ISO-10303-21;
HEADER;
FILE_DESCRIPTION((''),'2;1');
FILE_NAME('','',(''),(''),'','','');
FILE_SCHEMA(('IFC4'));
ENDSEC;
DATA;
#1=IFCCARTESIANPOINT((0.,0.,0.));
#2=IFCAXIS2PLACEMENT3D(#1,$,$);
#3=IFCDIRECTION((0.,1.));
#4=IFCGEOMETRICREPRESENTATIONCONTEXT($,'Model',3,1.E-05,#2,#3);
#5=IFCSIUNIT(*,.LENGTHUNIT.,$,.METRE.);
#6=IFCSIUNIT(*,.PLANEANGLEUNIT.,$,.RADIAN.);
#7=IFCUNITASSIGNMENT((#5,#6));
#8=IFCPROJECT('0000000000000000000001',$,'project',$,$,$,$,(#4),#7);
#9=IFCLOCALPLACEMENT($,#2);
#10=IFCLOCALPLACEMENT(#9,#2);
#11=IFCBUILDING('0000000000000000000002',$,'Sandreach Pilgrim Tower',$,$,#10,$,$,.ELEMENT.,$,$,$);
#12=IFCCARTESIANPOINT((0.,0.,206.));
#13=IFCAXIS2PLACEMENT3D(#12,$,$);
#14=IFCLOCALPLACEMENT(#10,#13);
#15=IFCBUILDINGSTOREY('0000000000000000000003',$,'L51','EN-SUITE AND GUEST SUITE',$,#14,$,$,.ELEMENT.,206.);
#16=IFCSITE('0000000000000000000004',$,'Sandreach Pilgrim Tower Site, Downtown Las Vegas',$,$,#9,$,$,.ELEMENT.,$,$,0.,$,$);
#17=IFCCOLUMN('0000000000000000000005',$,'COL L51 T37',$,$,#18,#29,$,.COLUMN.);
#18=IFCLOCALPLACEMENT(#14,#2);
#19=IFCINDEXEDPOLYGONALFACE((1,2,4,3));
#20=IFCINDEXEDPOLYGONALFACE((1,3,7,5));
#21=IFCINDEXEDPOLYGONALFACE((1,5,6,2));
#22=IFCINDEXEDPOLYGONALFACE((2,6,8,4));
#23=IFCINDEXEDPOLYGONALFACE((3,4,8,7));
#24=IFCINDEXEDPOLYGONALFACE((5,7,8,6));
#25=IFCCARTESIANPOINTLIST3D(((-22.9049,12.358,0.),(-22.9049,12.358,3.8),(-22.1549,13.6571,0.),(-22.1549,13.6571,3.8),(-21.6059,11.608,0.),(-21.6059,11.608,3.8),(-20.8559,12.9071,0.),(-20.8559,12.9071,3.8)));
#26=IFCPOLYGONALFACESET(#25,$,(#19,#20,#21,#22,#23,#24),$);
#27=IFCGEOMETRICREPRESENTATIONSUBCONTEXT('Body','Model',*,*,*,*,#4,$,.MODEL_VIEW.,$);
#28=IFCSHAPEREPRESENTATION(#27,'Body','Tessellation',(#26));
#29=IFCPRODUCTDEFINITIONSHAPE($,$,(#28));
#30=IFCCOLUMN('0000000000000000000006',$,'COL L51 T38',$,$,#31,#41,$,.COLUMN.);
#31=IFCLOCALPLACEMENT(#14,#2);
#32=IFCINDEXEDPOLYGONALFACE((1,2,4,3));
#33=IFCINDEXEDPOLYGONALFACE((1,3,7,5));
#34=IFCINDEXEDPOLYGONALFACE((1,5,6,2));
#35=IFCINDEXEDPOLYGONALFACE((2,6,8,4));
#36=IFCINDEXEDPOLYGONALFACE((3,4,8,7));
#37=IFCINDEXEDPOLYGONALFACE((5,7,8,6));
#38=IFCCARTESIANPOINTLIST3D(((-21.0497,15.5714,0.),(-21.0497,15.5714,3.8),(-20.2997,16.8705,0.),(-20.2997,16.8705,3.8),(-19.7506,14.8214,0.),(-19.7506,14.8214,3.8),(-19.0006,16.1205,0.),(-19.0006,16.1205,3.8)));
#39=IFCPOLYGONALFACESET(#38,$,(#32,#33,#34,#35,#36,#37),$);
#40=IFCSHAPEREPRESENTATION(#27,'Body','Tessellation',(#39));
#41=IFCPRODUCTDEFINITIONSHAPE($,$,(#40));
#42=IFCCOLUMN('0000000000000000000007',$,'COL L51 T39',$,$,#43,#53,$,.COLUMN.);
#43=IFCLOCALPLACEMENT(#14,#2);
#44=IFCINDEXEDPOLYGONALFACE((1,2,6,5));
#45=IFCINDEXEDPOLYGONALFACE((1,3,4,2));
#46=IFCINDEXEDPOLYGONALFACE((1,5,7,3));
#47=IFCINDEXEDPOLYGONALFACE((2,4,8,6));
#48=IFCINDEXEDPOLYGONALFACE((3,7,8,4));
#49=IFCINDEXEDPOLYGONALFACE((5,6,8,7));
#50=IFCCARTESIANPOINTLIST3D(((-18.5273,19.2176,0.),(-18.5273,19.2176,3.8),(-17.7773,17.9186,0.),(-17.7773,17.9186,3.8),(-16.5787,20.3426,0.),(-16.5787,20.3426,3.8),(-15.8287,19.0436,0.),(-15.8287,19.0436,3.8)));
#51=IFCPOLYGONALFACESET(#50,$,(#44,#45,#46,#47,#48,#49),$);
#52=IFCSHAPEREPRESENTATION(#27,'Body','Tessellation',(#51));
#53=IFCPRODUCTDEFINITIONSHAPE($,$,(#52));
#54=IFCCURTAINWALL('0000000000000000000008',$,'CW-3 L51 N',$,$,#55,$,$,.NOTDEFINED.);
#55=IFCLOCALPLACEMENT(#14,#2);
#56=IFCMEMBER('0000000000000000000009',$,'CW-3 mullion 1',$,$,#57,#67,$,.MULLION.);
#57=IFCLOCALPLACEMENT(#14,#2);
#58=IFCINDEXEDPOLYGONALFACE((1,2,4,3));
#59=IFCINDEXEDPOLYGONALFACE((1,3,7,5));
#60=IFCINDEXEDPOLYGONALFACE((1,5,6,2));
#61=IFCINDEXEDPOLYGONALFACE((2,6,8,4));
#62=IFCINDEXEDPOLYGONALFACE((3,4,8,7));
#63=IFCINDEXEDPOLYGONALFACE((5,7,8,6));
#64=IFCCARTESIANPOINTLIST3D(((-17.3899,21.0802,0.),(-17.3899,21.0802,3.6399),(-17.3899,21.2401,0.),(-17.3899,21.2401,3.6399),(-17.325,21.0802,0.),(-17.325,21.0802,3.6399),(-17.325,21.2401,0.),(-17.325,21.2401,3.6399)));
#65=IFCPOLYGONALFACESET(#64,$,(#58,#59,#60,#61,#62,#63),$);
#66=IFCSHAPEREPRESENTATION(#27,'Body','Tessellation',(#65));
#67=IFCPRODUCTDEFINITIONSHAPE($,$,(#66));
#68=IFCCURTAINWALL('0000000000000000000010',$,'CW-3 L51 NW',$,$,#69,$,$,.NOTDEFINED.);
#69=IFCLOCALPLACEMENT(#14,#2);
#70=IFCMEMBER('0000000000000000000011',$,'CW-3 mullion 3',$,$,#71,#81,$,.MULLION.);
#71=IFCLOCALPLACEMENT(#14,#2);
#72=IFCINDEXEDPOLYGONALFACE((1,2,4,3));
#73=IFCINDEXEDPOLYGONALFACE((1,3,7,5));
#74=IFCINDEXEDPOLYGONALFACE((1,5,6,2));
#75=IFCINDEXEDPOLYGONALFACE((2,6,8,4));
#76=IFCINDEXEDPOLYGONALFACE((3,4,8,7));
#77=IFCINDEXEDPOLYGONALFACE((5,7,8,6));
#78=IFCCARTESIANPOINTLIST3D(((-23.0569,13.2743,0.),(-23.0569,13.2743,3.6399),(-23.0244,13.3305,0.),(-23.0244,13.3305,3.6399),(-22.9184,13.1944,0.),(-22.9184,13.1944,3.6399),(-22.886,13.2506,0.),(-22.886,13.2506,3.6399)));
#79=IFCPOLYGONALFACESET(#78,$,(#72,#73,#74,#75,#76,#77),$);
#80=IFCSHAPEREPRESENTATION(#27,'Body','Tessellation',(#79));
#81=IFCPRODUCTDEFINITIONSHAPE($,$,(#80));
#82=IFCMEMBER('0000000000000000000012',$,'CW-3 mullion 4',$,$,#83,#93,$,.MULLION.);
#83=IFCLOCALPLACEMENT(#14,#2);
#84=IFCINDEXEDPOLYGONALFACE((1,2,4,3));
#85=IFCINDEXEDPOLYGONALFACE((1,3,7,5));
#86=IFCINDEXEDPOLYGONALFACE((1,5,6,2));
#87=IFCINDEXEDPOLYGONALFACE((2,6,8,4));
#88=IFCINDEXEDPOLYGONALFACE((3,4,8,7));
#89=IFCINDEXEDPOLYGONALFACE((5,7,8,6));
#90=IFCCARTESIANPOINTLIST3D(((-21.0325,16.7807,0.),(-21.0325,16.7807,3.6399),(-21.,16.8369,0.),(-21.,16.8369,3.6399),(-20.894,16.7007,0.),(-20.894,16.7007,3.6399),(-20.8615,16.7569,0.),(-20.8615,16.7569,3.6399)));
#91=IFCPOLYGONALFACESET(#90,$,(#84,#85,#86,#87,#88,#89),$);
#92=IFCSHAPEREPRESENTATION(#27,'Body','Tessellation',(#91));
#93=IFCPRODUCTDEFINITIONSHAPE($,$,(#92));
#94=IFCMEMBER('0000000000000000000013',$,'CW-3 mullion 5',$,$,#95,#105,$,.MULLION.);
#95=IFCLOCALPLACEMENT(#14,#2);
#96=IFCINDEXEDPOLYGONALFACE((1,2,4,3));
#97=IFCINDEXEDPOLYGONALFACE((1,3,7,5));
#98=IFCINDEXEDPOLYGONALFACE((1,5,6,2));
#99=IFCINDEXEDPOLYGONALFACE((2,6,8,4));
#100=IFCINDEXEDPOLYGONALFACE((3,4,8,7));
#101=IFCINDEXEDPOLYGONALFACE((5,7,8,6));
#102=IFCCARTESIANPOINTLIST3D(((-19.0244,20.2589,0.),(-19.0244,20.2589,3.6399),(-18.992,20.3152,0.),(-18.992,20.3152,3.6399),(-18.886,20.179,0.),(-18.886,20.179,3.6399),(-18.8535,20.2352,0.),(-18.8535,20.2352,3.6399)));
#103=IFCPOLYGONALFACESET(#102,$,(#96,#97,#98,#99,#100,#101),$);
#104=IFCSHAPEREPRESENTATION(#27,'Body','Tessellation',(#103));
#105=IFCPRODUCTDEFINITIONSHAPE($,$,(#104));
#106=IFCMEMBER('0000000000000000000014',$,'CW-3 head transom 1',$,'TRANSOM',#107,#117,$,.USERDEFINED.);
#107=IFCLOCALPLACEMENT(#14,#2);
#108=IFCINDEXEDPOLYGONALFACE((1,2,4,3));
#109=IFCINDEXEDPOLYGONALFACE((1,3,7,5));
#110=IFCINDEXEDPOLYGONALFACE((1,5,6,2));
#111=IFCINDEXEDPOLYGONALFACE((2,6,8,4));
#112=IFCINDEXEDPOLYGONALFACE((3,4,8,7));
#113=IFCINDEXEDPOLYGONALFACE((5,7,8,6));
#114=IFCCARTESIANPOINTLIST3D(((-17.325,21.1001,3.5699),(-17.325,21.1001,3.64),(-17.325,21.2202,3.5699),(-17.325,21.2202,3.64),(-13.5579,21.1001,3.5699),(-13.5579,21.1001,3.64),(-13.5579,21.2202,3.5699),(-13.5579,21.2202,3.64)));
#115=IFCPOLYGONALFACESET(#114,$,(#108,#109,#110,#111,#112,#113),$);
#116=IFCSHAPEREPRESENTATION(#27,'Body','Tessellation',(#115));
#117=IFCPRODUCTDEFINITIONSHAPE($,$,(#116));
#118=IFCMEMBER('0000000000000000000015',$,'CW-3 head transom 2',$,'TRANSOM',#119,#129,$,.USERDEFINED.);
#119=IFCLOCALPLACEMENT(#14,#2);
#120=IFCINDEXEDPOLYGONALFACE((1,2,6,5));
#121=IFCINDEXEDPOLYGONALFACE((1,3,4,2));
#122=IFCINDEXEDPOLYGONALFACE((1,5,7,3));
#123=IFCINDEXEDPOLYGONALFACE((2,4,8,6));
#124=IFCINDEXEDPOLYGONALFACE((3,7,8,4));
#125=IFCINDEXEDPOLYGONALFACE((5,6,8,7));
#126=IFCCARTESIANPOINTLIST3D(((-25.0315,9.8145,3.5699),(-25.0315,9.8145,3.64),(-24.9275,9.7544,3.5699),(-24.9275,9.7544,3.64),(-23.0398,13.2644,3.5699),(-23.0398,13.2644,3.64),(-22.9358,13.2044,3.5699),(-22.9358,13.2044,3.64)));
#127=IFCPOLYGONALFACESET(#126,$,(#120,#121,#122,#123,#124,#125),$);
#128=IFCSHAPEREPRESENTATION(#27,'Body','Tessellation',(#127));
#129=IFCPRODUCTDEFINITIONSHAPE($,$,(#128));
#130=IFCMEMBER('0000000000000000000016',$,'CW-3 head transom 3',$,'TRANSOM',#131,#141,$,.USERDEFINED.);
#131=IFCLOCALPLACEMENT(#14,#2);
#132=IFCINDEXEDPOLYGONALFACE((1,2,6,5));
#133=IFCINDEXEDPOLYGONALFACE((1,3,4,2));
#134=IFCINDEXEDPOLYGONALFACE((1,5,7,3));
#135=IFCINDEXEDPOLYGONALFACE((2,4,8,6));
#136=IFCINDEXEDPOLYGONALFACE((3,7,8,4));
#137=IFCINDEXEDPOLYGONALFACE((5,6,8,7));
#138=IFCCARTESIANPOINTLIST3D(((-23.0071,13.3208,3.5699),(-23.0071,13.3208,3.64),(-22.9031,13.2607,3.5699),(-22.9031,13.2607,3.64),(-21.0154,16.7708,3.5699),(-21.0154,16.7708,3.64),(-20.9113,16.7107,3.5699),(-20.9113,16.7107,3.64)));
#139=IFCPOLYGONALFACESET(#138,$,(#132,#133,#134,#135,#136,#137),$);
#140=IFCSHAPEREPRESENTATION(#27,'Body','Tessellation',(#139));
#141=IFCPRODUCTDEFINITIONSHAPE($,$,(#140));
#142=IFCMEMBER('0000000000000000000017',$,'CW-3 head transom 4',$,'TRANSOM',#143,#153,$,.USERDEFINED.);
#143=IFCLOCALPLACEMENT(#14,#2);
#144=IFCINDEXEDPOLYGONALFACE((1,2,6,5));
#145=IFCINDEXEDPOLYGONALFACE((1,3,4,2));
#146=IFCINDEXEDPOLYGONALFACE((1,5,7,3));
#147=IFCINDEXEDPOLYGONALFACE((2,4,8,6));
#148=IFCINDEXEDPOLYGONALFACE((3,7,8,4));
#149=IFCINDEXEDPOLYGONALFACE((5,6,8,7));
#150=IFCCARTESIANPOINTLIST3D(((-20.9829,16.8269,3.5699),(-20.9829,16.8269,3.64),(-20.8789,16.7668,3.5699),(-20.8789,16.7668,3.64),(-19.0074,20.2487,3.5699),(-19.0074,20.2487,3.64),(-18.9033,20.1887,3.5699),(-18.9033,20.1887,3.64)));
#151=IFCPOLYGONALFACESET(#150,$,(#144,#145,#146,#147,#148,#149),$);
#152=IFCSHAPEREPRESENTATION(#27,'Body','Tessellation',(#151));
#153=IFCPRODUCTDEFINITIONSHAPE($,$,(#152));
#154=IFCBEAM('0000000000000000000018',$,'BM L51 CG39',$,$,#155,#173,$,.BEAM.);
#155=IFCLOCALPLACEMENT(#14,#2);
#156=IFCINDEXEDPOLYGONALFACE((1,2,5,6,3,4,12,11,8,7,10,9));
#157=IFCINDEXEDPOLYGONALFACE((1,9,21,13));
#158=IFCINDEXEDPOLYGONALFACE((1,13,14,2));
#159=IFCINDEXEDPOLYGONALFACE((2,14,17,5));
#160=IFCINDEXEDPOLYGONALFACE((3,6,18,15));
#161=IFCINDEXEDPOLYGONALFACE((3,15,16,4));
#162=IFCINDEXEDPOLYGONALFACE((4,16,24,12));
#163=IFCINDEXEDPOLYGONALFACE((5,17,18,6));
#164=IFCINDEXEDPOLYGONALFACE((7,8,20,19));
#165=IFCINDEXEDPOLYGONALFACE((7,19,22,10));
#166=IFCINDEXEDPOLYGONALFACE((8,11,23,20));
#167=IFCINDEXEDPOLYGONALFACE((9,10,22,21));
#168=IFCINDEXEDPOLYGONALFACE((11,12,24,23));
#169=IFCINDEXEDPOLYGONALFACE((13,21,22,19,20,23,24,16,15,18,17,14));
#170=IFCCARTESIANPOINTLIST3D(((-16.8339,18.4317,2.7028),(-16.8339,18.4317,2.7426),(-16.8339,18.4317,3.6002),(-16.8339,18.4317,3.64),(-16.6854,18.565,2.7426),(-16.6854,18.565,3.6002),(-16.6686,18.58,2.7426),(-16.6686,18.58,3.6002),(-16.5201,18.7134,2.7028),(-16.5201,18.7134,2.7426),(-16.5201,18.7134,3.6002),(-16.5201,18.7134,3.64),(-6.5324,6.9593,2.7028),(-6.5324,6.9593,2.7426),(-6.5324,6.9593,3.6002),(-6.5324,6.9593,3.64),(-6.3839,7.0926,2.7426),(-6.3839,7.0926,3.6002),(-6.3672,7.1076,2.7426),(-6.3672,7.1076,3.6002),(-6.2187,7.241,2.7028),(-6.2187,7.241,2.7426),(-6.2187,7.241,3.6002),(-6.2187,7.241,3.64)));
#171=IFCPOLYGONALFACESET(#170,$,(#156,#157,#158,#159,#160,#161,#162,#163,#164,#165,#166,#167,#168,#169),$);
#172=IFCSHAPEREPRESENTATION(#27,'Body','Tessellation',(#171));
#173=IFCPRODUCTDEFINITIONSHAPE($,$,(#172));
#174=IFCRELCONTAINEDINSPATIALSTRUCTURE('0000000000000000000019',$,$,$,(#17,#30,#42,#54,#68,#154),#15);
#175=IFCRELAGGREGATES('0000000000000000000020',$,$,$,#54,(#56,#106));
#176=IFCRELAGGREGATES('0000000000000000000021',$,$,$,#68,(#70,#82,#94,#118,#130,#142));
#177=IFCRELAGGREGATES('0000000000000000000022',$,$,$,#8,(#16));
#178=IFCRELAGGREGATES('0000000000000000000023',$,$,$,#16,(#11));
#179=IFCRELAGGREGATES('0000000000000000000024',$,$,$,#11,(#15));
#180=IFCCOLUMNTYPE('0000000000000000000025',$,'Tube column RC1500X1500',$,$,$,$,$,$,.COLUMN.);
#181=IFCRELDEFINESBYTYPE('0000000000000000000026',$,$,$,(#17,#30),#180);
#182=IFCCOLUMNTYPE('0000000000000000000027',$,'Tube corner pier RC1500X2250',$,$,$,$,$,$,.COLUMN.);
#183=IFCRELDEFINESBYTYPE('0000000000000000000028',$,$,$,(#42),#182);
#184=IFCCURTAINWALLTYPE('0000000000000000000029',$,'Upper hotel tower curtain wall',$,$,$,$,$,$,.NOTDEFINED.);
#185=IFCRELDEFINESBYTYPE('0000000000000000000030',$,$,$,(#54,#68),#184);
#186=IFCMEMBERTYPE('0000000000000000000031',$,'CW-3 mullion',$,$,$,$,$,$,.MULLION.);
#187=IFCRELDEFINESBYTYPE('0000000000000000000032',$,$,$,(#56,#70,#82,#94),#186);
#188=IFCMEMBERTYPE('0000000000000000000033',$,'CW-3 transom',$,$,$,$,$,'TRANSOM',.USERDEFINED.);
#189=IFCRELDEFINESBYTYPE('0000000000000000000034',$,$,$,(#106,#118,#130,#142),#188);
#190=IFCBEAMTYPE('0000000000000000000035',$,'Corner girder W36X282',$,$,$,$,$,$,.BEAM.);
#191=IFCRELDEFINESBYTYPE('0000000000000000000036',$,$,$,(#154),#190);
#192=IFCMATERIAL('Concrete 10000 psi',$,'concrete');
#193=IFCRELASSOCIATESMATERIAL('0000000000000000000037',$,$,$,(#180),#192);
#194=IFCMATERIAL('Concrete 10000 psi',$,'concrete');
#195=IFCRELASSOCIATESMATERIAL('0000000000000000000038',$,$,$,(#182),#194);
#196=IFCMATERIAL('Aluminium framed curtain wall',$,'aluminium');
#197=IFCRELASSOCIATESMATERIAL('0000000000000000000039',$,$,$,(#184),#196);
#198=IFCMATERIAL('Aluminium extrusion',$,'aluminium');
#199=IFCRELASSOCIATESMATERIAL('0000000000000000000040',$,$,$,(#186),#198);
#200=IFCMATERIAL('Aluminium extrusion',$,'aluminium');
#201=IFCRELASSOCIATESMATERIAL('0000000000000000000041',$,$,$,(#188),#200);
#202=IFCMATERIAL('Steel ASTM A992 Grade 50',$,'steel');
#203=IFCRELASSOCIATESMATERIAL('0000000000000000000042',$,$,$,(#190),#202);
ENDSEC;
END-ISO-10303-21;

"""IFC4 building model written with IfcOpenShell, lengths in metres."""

from ifc_helpers import new_model, si_unit, direction, frame, origin, origin_2d, place, context, subcontext, project, spatial, rectangle, i_section, extrude, material, material_profile, profile_set, type_object, element, aggregate, save


model = new_model("IFC4")

# Units and contexts
model_context = context("Model", 3, precision=1e-05, world=origin(), true_north=direction((0.0, 1.0)))
body_context = subcontext(model_context, "Body", "Model", "MODEL_VIEW")
ifc_project = project(units=[si_unit("LENGTHUNIT", "METRE"), si_unit("PLANEANGLEUNIT", "RADIAN")], contexts=[model_context])

# Site, building, storey
site_placement = place(None, origin())
site = spatial("IfcSite", under=ifc_project, at=site_placement, Name="Sandreach Pilgrim Tower Site, Downtown Las Vegas", CompositionType="ELEMENT", RefElevation=0.0)
building_placement = place(site_placement, origin())
building = spatial("IfcBuilding", under=site, at=building_placement, Name="Sandreach Pilgrim Tower", CompositionType="ELEMENT")
storey_placement = place(building_placement, frame((0.0, 0.0, 206.0)))
storey = spatial("IfcBuildingStorey", under=building, at=storey_placement, Name="L51", Description="EN-SUITE AND GUEST SUITE", CompositionType="ELEMENT", Elevation=206.0)

# Columns
ifc_material_1 = material(Name="Concrete 10000 psi", Category="concrete")
ifc_material_profile_1 = material_profile(ifc_material_1, rectangle(XDim=1.5, YDim=1.5, at=origin_2d()), Name="RC1500X1500")
ifc_profile_set_1 = profile_set([ifc_material_profile_1], Name="Concrete 10000 psi")
column_type_1 = type_object("IfcColumnType", Name="Tube column RC1500X1500", PredefinedType="COLUMN", material=ifc_profile_set_1)
for number, where, z_axis, x_axis, name in (
    (1, (-21.8804, 12.6326, 0.0), (0.0, 0.0, 1.0), (-0.866025, 0.5, 0.0), "COL L51 T37"),
    (2, (-20.0251, 15.8459, 0.0), (0.0, 0.0, 1.0), (-0.866025, 0.5, 0.0), "COL L51 T38"),
):
    element("IfcColumn", number, at=place(storey_placement, frame(where, z_axis=z_axis, x_axis=x_axis)), inside=storey, type_object=column_type_1, Name=name, PredefinedType="COLUMN", context=body_context, shape_type="SweptSolid", body=[
        extrude(rectangle(XDim=1.5, YDim=1.5, at=origin_2d()), origin(), (0.0, 0.0, 1.0), 3.8),
    ])
ifc_material_2 = material(Name="Concrete 10000 psi", Category="concrete")
ifc_material_profile_2 = material_profile(ifc_material_2, rectangle(XDim=1.5, YDim=2.25, at=origin_2d()), Name="RC1500X2250")
ifc_profile_set_2 = profile_set([ifc_material_profile_2], Name="Concrete 10000 psi")
column_type_2 = type_object("IfcColumnType", Name="Tube corner pier RC1500X2250", PredefinedType="COLUMN", material=ifc_profile_set_2)
column_placement = place(storey_placement, frame((-17.178, 19.1306, 0.0), z_axis=(0.0, 0.0, 1.0), x_axis=(-0.5, 0.866025, 0.0)))
element("IfcColumn", 3, at=column_placement, inside=storey, type_object=column_type_2, Name="COL L51 T39", PredefinedType="COLUMN", context=body_context, shape_type="SweptSolid", body=[
    extrude(rectangle(XDim=1.5, YDim=2.25, at=origin_2d()), origin(), (0.0, 0.0, 1.0), 3.8),
])

# Curtain wall, member
ifc_material_3 = material(Name="Aluminium framed curtain wall", Category="aluminium")
curtain_wall_type = type_object("IfcCurtainWallType", Name="Upper hotel tower curtain wall", PredefinedType="NOTDEFINED", material=ifc_material_3)
curtain_wall_1_placement = place(storey_placement, origin())
curtain_wall_1 = element("IfcCurtainWall", 4, at=curtain_wall_1_placement, inside=storey, type_object=curtain_wall_type, Name="CW-3 L51 N", PredefinedType="NOTDEFINED")
ifc_material_4 = material(Name="Aluminium extrusion", Category="aluminium")
ifc_material_profile_3 = material_profile(ifc_material_4, rectangle(XDim=0.0649, YDim=0.1599, at=origin_2d()), Name="CW-3M 65X160")
ifc_profile_set_3 = profile_set([ifc_material_profile_3], Name="Aluminium extrusion")
member_type_1 = type_object("IfcMemberType", Name="CW-3 mullion", PredefinedType="MULLION", material=ifc_profile_set_3)
member_1_placement = place(storey_placement, frame((-17.3574, 21.1602, 0.0), z_axis=(0.0, 0.0, 1.0), x_axis=(1.0, 0.0, 0.0)))
member_1 = element("IfcMember", 5, at=member_1_placement, type_object=member_type_1, Name="CW-3 mullion 1", PredefinedType="MULLION", context=body_context, shape_type="SweptSolid", body=[
    extrude(rectangle(XDim=0.0649, YDim=0.1599, at=origin_2d()), origin(), (0.0, 0.0, 1.0), 3.6399),
])

# Curtain wall, members
curtain_wall_2_placement = place(storey_placement, origin())
curtain_wall_2 = element("IfcCurtainWall", 6, at=curtain_wall_2_placement, inside=storey, type_object=curtain_wall_type, Name="CW-3 L51 NW", PredefinedType="NOTDEFINED")
member_2_placement = place(storey_placement, frame((-22.9714, 13.2625, 0.0), z_axis=(0.0, 0.0, 1.0), x_axis=(0.5, 0.866025, 0.0)))
member_2 = element("IfcMember", 7, at=member_2_placement, type_object=member_type_1, Name="CW-3 mullion 3", PredefinedType="MULLION", context=body_context, shape_type="SweptSolid", body=[
    extrude(rectangle(XDim=0.0649, YDim=0.1599, at=origin_2d()), origin(), (0.0, 0.0, 1.0), 3.6399),
])
member_3_placement = place(storey_placement, frame((-20.947, 16.7688, 0.0), z_axis=(0.0, 0.0, 1.0), x_axis=(0.5, 0.866025, 0.0)))
member_3 = element("IfcMember", 8, at=member_3_placement, type_object=member_type_1, Name="CW-3 mullion 4", PredefinedType="MULLION", context=body_context, shape_type="SweptSolid", body=[
    extrude(rectangle(XDim=0.0649, YDim=0.1599, at=origin_2d()), origin(), (0.0, 0.0, 1.0), 3.6399),
])
member_4_placement = place(storey_placement, frame((-18.939, 20.2471, 0.0), z_axis=(0.0, 0.0, 1.0), x_axis=(0.5, 0.866025, 0.0)))
member_4 = element("IfcMember", 9, at=member_4_placement, type_object=member_type_1, Name="CW-3 mullion 5", PredefinedType="MULLION", context=body_context, shape_type="SweptSolid", body=[
    extrude(rectangle(XDim=0.0649, YDim=0.1599, at=origin_2d()), origin(), (0.0, 0.0, 1.0), 3.6399),
])

# Members
ifc_material_5 = material(Name="Aluminium extrusion", Category="aluminium")
ifc_material_profile_4 = material_profile(ifc_material_5, rectangle(XDim=0.1201, YDim=0.0701, at=origin_2d()), Name="CW-3T 120X70")
ifc_profile_set_4 = profile_set([ifc_material_profile_4], Name="Aluminium extrusion")
member_type_2 = type_object("IfcMemberType", Name="CW-3 transom", ElementType="TRANSOM", PredefinedType="USERDEFINED", material=ifc_profile_set_4)
member_5_placement = place(storey_placement, frame((-17.325, 21.1602, 3.605), z_axis=(1.0, 0.0, 0.0), x_axis=(0.0, 1.0, 0.0)))
member_5 = element("IfcMember", 10, at=member_5_placement, type_object=member_type_2, Name="CW-3 head transom 1", ObjectType="TRANSOM", PredefinedType="USERDEFINED", context=body_context, shape_type="SweptSolid", body=[
    extrude(rectangle(XDim=0.1201, YDim=0.0701, at=origin_2d()), origin(), (0.0, 0.0, 1.0), 3.7671),
])
aggregate(curtain_wall_1, [member_1, member_5])
member_6_placement = place(storey_placement, frame((-24.9795, 9.7844, 3.605), z_axis=(0.499975, 0.86604, 0.0), x_axis=(-0.86604, 0.499975, 0.0)))
member_6 = element("IfcMember", 11, at=member_6_placement, type_object=member_type_2, Name="CW-3 head transom 2", ObjectType="TRANSOM", PredefinedType="USERDEFINED", context=body_context, shape_type="SweptSolid", body=[
    extrude(rectangle(XDim=0.1201, YDim=0.0701, at=origin_2d()), origin(), (0.0, 0.0, 1.0), 3.9836),
])
member_7_placement = place(storey_placement, frame((-22.9551, 13.2908, 3.605), z_axis=(0.499975, 0.86604, 0.0), x_axis=(-0.86604, 0.499975, 0.0)))
member_7 = element("IfcMember", 12, at=member_7_placement, type_object=member_type_2, Name="CW-3 head transom 3", ObjectType="TRANSOM", PredefinedType="USERDEFINED", context=body_context, shape_type="SweptSolid", body=[
    extrude(rectangle(XDim=0.1201, YDim=0.0701, at=origin_2d()), origin(), (0.0, 0.0, 1.0), 3.9836),
])
member_8_placement = place(storey_placement, frame((-20.9309, 16.7969, 3.605), z_axis=(0.499993, 0.866029, 0.0), x_axis=(-0.866029, 0.499993, 0.0)))
member_8 = element("IfcMember", 13, at=member_8_placement, type_object=member_type_2, Name="CW-3 head transom 4", ObjectType="TRANSOM", PredefinedType="USERDEFINED", context=body_context, shape_type="SweptSolid", body=[
    extrude(rectangle(XDim=0.1201, YDim=0.0701, at=origin_2d()), origin(), (0.0, 0.0, 1.0), 3.9512),
])

# Beam
ifc_material_6 = material(Name="Steel ASTM A992 Grade 50", Category="steel")
ifc_material_profile_5 = material_profile(ifc_material_6, i_section(OverallWidth=0.4216, OverallDepth=0.9373, WebThickness=0.0225, FlangeThickness=0.0398, at=origin_2d()), Name="W36X282")
ifc_profile_set_5 = profile_set([ifc_material_profile_5], Name="Steel ASTM A992 Grade 50")
beam_type_1 = type_object("IfcBeamType", Name="Corner girder W36X282", PredefinedType="BEAM", material=ifc_profile_set_5)
beam_1_placement = place(storey_placement, frame((-16.677, 18.5725, 3.1714), z_axis=(0.668117, -0.744057, 0.0), x_axis=(0.744057, 0.668117, 0.0)))
element("IfcBeam", 14, at=beam_1_placement, inside=storey, type_object=beam_type_1, Name="BM L51 CG39", PredefinedType="BEAM", context=body_context, shape_type="SweptSolid", body=[
    extrude(i_section(OverallWidth=0.4216, OverallDepth=0.9373, WebThickness=0.0225, FlangeThickness=0.0398, at=origin_2d()), origin(), (0.0, 0.0, 1.0), 15.4187),
])

aggregate(curtain_wall_2, [member_2, member_3, member_4, member_6, member_7, member_8])

save(model, "model.ifc")
